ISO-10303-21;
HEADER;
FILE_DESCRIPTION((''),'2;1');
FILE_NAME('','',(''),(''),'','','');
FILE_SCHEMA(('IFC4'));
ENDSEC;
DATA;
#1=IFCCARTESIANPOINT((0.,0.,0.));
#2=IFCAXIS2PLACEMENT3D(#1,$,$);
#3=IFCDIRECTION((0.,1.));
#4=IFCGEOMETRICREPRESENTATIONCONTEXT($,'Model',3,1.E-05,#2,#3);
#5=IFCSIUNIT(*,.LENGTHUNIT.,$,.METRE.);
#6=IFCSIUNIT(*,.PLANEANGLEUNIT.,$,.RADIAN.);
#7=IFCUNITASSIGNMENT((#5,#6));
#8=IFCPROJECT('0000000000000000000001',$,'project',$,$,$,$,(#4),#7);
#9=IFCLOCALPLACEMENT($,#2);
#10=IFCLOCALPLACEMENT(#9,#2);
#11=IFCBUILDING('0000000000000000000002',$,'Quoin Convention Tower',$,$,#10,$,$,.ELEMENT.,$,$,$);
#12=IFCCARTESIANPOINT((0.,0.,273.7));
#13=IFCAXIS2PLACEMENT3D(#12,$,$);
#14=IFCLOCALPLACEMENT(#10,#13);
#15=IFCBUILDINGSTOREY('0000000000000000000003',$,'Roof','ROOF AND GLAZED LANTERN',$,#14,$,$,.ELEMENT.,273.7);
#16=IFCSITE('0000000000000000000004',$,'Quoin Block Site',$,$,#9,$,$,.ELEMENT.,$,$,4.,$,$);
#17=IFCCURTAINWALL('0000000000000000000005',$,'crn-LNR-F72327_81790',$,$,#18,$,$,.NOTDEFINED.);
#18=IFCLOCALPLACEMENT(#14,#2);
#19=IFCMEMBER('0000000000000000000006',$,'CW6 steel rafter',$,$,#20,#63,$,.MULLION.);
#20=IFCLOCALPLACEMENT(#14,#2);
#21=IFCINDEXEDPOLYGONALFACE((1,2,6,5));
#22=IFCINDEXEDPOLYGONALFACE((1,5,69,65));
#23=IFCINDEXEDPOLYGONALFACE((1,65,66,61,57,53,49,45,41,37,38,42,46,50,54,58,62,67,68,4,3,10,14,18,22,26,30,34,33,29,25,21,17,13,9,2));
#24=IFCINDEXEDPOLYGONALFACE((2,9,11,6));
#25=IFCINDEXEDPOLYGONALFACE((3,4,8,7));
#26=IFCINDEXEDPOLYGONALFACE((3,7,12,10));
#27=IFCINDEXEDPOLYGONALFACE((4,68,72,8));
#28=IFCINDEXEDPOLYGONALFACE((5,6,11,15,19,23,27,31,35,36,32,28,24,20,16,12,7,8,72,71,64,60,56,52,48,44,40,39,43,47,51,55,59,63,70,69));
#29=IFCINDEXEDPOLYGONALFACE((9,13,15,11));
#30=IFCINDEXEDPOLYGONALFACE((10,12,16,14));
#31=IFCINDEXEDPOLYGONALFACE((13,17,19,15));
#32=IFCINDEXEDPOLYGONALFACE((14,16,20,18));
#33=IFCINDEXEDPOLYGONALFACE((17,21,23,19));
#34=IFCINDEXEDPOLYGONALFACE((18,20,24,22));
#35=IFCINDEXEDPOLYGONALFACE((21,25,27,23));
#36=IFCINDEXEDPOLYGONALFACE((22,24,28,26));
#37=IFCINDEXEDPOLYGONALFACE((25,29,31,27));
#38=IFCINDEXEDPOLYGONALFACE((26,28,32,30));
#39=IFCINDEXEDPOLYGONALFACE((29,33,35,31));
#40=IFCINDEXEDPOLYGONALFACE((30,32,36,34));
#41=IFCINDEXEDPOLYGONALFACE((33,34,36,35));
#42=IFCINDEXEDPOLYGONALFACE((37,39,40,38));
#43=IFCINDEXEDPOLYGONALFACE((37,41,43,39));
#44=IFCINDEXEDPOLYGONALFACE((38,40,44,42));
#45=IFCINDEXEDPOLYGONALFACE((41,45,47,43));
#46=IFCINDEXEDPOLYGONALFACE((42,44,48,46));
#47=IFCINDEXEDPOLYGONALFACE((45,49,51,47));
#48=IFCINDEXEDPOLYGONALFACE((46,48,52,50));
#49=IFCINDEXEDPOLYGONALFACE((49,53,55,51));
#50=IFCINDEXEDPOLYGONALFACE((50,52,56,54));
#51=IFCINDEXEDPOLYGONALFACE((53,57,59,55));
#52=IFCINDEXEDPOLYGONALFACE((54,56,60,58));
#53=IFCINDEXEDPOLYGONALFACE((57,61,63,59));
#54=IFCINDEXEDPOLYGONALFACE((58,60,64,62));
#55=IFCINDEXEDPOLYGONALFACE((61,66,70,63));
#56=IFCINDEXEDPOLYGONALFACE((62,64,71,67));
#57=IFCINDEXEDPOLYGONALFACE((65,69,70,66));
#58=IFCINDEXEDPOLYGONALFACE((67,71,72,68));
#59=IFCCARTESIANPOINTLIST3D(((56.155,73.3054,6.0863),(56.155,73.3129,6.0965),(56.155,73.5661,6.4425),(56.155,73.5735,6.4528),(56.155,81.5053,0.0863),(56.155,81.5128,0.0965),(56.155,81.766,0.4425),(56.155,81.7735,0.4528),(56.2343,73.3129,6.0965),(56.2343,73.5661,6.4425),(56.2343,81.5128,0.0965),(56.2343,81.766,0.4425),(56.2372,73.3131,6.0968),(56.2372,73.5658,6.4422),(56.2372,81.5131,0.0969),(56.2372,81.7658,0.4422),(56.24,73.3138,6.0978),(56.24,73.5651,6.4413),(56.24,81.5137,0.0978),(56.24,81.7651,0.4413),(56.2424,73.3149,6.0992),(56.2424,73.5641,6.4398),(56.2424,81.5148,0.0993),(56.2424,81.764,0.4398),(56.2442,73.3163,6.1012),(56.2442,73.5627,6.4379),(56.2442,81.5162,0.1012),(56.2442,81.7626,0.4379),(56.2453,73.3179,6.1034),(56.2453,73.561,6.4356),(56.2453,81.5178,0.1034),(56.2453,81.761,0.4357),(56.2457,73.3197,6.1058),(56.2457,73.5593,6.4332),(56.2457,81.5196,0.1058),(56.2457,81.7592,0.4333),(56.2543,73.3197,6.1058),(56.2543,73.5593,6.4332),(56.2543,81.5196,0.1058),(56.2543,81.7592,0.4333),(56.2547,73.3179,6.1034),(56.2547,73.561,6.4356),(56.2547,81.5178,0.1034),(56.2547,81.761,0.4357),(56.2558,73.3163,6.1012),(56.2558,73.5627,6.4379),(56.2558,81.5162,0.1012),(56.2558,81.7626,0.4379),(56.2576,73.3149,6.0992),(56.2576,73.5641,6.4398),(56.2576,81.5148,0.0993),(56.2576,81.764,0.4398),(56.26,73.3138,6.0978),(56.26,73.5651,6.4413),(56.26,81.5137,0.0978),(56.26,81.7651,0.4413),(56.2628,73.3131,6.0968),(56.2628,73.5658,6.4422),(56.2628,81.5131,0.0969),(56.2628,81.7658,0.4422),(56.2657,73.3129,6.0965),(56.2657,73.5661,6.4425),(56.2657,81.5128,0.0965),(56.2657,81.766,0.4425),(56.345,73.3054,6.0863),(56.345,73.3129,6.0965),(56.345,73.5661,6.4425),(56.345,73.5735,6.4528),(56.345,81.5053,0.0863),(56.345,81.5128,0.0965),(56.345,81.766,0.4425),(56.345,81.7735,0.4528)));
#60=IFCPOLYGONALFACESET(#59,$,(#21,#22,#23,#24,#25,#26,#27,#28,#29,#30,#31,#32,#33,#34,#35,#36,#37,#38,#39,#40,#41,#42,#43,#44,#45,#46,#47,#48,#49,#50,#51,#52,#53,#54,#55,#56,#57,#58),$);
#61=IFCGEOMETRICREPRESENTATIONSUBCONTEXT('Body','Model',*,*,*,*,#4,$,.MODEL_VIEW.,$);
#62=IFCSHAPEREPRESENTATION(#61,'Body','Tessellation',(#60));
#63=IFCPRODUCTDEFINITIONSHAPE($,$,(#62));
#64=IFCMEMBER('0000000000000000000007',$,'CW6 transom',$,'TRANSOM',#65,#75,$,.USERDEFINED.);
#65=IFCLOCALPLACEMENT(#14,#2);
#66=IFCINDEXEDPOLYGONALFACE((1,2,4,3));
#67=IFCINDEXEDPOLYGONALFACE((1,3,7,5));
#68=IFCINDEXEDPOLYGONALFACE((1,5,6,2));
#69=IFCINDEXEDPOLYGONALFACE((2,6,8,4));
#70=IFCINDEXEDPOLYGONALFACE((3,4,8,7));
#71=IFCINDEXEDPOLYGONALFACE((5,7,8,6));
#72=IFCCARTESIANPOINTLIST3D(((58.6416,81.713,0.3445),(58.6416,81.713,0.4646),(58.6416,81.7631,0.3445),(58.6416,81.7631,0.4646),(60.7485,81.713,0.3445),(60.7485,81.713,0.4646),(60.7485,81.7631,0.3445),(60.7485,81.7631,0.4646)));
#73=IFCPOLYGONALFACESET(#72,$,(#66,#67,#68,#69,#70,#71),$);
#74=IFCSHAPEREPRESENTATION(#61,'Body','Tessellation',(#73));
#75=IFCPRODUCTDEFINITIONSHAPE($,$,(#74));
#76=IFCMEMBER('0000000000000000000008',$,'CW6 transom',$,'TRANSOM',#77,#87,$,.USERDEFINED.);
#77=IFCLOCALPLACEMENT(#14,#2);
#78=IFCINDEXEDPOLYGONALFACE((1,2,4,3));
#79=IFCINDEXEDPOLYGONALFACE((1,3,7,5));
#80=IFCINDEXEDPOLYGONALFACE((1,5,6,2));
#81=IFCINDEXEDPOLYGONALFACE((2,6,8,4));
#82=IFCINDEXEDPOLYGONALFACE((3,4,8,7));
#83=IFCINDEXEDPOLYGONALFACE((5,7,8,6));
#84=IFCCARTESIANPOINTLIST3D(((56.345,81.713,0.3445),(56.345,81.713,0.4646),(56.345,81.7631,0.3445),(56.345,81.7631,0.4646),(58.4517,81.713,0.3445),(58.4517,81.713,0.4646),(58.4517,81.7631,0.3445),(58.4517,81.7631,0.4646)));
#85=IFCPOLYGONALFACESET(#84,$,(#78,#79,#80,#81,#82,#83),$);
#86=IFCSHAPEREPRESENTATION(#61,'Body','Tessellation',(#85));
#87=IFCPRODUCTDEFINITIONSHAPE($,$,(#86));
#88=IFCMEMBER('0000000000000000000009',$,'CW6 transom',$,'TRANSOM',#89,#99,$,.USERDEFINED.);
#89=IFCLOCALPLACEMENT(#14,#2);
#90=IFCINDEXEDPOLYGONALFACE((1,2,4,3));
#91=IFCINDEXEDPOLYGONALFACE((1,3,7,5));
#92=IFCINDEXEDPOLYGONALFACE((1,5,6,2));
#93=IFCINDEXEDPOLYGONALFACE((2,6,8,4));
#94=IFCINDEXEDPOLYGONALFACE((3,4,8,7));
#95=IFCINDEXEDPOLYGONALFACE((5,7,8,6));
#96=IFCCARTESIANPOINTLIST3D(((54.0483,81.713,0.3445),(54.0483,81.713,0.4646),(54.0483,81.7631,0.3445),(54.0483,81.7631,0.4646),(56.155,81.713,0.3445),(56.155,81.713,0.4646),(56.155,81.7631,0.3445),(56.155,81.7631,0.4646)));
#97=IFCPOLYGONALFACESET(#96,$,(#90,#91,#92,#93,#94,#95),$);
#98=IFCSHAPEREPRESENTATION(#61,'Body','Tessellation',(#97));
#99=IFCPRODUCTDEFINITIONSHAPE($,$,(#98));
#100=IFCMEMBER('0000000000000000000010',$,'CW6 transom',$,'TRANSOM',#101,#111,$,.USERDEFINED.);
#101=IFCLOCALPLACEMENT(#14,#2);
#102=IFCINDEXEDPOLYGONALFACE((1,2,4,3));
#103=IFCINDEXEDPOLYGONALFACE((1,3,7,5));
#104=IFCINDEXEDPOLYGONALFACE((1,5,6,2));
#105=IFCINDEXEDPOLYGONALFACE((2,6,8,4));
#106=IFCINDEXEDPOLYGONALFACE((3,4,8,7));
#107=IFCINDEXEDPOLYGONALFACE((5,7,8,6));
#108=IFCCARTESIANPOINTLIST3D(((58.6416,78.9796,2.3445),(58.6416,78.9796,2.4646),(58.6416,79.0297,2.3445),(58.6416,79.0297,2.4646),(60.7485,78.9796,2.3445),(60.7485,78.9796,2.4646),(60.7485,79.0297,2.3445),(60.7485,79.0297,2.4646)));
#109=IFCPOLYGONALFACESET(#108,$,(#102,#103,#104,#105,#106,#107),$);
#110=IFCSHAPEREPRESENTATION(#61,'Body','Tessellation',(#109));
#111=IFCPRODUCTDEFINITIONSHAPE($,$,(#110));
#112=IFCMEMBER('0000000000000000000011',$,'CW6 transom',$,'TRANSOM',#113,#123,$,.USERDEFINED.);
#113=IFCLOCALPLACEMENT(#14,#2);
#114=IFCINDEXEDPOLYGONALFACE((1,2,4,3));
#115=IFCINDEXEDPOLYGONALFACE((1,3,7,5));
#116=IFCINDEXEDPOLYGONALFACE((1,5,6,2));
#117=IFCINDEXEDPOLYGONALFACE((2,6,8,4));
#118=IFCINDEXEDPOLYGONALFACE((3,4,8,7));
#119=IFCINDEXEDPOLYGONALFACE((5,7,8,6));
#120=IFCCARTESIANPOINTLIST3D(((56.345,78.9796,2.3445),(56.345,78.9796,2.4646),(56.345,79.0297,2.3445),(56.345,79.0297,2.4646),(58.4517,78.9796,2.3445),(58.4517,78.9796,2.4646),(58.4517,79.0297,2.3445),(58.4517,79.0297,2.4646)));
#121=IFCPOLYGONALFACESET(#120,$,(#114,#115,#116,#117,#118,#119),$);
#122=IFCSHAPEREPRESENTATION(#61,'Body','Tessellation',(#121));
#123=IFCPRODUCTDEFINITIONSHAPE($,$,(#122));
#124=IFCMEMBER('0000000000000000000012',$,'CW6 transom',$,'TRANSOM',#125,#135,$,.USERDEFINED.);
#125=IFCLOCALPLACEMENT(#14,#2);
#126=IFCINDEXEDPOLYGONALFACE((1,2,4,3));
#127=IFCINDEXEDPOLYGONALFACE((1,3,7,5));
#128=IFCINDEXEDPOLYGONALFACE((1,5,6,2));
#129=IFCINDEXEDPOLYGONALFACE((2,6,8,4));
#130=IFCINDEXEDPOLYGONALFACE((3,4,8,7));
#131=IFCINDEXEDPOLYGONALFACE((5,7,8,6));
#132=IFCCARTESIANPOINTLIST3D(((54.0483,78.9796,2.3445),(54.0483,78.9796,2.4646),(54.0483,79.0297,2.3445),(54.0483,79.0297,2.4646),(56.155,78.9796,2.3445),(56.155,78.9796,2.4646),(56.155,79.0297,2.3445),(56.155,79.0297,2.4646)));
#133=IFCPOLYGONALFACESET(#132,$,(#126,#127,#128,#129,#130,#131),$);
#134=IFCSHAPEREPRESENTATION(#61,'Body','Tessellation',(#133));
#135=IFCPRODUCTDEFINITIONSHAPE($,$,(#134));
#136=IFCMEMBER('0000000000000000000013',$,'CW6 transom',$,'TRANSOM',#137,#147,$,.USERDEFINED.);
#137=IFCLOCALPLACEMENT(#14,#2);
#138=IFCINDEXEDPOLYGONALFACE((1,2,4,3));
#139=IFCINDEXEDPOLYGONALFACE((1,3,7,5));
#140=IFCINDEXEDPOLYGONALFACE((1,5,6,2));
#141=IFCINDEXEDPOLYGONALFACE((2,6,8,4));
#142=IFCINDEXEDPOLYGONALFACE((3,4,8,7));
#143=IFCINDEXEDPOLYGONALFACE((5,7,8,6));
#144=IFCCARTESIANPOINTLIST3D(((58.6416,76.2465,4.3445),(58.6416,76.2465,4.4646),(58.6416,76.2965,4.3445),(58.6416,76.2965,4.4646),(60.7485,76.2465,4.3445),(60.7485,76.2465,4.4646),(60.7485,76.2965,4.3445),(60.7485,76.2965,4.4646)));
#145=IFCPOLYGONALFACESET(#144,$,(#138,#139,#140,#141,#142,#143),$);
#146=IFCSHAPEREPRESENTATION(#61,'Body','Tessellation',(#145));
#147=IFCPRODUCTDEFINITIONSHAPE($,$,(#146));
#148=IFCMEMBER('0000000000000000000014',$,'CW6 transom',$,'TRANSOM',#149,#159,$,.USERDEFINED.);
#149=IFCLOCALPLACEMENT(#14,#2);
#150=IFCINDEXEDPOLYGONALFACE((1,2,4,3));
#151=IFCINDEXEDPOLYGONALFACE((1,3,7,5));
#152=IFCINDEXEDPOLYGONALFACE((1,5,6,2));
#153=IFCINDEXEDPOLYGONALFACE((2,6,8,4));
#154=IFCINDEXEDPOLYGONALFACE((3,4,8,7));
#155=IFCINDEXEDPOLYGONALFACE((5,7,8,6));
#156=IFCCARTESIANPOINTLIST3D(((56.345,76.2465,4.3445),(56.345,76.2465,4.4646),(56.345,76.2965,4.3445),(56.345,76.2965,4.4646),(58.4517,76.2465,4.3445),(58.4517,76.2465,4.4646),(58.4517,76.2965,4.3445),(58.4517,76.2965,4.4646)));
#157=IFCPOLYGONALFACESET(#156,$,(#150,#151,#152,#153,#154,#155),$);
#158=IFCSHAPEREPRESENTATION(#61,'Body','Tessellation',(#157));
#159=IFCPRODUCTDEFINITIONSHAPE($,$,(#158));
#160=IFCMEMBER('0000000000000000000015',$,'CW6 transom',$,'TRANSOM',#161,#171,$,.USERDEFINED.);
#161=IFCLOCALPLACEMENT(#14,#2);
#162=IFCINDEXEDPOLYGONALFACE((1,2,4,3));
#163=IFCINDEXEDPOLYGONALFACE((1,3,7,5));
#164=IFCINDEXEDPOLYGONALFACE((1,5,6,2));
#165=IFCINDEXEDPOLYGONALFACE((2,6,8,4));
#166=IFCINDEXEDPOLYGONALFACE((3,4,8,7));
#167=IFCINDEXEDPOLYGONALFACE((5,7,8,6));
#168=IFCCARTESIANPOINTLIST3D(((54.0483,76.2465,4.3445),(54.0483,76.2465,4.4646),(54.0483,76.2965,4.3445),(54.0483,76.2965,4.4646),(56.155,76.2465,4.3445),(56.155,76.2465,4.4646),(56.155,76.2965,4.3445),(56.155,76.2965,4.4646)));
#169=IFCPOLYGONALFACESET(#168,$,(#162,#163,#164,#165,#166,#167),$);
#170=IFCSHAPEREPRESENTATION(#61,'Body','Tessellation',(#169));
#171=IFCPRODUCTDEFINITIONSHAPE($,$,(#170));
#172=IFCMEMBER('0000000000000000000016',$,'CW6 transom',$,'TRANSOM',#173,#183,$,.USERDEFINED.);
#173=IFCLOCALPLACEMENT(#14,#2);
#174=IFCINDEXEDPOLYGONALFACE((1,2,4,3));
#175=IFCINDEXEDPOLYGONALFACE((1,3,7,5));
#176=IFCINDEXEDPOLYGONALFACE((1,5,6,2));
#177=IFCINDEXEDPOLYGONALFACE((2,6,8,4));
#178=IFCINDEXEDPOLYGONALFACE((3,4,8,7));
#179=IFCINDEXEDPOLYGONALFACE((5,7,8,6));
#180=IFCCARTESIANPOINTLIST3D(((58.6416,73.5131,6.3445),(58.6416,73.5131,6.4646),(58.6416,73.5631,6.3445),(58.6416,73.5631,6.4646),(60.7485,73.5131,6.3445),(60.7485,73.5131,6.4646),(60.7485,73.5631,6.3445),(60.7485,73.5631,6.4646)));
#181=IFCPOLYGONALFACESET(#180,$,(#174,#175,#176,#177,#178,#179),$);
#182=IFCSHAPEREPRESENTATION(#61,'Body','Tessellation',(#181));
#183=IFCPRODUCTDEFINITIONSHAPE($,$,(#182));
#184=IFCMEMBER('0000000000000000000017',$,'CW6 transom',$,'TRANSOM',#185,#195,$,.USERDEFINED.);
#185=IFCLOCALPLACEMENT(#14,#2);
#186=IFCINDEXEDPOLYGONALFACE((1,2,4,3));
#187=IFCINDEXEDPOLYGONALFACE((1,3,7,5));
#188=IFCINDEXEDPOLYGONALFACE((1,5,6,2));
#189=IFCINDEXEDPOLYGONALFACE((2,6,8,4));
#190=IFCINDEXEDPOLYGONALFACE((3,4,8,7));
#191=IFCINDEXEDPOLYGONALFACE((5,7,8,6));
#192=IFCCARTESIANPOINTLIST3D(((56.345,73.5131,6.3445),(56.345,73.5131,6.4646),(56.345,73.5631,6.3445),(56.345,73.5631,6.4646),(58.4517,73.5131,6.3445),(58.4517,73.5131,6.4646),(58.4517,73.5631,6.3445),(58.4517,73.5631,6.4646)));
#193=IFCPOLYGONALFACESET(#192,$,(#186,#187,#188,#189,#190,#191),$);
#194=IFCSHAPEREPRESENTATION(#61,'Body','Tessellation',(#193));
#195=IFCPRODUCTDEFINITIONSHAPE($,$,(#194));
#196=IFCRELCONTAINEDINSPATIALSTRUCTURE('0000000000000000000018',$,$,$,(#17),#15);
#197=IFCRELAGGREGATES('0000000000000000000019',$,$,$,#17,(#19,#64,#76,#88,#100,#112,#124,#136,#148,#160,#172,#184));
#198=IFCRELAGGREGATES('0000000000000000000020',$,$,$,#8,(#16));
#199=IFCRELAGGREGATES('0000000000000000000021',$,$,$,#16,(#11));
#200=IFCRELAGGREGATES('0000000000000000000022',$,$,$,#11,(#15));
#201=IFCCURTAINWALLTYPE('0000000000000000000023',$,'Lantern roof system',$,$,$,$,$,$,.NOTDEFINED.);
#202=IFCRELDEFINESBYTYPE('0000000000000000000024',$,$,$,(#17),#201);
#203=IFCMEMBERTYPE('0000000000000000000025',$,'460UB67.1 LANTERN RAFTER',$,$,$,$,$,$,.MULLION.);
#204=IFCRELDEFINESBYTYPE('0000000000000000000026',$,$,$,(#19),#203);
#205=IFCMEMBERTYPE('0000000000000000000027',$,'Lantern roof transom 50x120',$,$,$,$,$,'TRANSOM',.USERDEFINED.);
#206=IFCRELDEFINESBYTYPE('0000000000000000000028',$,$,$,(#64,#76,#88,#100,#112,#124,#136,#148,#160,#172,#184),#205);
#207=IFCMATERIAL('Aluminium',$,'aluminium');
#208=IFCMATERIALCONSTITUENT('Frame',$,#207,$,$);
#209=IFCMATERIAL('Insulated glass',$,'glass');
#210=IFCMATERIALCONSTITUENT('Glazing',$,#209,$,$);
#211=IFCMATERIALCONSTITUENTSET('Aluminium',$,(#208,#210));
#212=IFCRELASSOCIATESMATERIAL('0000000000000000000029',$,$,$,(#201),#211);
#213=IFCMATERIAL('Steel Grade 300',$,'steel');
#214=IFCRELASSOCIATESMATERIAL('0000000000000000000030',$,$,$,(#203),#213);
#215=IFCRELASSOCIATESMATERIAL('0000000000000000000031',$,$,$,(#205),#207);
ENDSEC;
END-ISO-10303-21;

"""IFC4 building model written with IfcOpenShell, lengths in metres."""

from ifc_helpers import new_model, si_unit, direction, frame, origin, origin_2d, place, context, subcontext, project, spatial, rectangle, i_section, extrude, material, constituent, constituent_set, material_profile, profile_set, type_object, element, aggregate, save


model = new_model("IFC4")

# Units and contexts
model_context = context("Model", 3, precision=1e-05, world=origin(), true_north=direction((0.0, 1.0)))
body_context = subcontext(model_context, "Body", "Model", "MODEL_VIEW")
ifc_project = project(units=[si_unit("LENGTHUNIT", "METRE"), si_unit("PLANEANGLEUNIT", "RADIAN")], contexts=[model_context])

# Site, building, storey
site_placement = place(None, origin())
site = spatial("IfcSite", under=ifc_project, at=site_placement, Name="Quoin Block Site", CompositionType="ELEMENT", RefElevation=4.0)
building_placement = place(site_placement, origin())
building = spatial("IfcBuilding", under=site, at=building_placement, Name="Quoin Convention Tower", CompositionType="ELEMENT")
storey_placement = place(building_placement, frame((0.0, 0.0, 273.7)))
storey = spatial("IfcBuildingStorey", under=building, at=storey_placement, Name="Roof", Description="ROOF AND GLAZED LANTERN", CompositionType="ELEMENT", Elevation=273.7)

# Shared definitions
ifc_material_1 = material(Name="Steel Grade 300", Category="steel")

# Curtain wall, members
ifc_material_2 = material(Name="Aluminium", Category="aluminium")
ifc_constituent_1 = constituent(ifc_material_2, Name="Frame")
ifc_material_3 = material(Name="Insulated glass", Category="glass")
ifc_constituent_2 = constituent(ifc_material_3, Name="Glazing")
ifc_constituent_set = constituent_set(constituents=[ifc_constituent_1, ifc_constituent_2], Name="Aluminium")
curtain_wall_type = type_object("IfcCurtainWallType", Name="Lantern roof system", PredefinedType="NOTDEFINED", material=ifc_constituent_set)
curtain_wall_placement = place(storey_placement, origin())
curtain_wall = element("IfcCurtainWall", 1, at=curtain_wall_placement, inside=storey, type_object=curtain_wall_type, Name="crn-LNR-F72327_81790", PredefinedType="NOTDEFINED")
ifc_material_profile_1 = material_profile(ifc_material_1, i_section(OverallWidth=0.1899, OverallDepth=0.4541, WebThickness=0.0085, FlangeThickness=0.0127, FilletRadius=0.0115, at=origin_2d()), Name="460UB67.1")
ifc_profile_set_1 = profile_set([ifc_material_profile_1], Name="Steel Grade 300")
member_type_1 = type_object("IfcMemberType", Name="460UB67.1 LANTERN RAFTER", PredefinedType="MULLION", material=ifc_profile_set_1)
member_1_placement = place(storey_placement, frame((56.25, 81.6394, 0.2695), z_axis=(0.0, -0.807029, 0.590512), x_axis=(1.0, 0.0, 0.0)))
member_1 = element("IfcMember", 2, at=member_1_placement, type_object=member_type_1, Name="CW6 steel rafter", PredefinedType="MULLION", context=body_context, shape_type="SweptSolid", body=[
    extrude(i_section(OverallWidth=0.1899, OverallDepth=0.4541, WebThickness=0.0085, FlangeThickness=0.0127, FilletRadius=0.0115, at=origin_2d()), origin(), (0.0, 0.0, 1.0), 10.1606),
])
ifc_material_profile_2 = material_profile(ifc_material_2, rectangle(XDim=0.1201, YDim=0.05, at=origin_2d()), Name="Lantern roof transom 50x120")
ifc_profile_set_2 = profile_set([ifc_material_profile_2], Name="Aluminium")
member_type_2 = type_object("IfcMemberType", Name="Lantern roof transom 50x120", ElementType="TRANSOM", PredefinedType="USERDEFINED", material=ifc_profile_set_2)
member_2_placement = place(storey_placement, frame((60.7485, 81.738, 0.4045), z_axis=(-1.0, 0.0, 0.0), x_axis=(0.0, 0.0, 1.0)))
member_2 = element("IfcMember", 3, at=member_2_placement, type_object=member_type_2, Name="CW6 transom", ObjectType="TRANSOM", PredefinedType="USERDEFINED", context=body_context, shape_type="SweptSolid", body=[
    extrude(rectangle(XDim=0.1201, YDim=0.05, at=origin_2d()), origin(), (0.0, 0.0, 1.0), 2.1069),
])
member_3_placement = place(storey_placement, frame((58.4517, 81.738, 0.4045), z_axis=(-1.0, 0.0, 0.0), x_axis=(0.0, 0.0, 1.0)))
member_3 = element("IfcMember", 4, at=member_3_placement, type_object=member_type_2, Name="CW6 transom", ObjectType="TRANSOM", PredefinedType="USERDEFINED", context=body_context, shape_type="SweptSolid", body=[
    extrude(rectangle(XDim=0.1201, YDim=0.05, at=origin_2d()), origin(), (0.0, 0.0, 1.0), 2.1067),
])
member_4_placement = place(storey_placement, frame((56.155, 81.738, 0.4045), z_axis=(-1.0, 0.0, 0.0), x_axis=(0.0, 0.0, 1.0)))
member_4 = element("IfcMember", 5, at=member_4_placement, type_object=member_type_2, Name="CW6 transom", ObjectType="TRANSOM", PredefinedType="USERDEFINED", context=body_context, shape_type="SweptSolid", body=[
    extrude(rectangle(XDim=0.1201, YDim=0.05, at=origin_2d()), origin(), (0.0, 0.0, 1.0), 2.1067),
])
member_5_placement = place(storey_placement, frame((60.7485, 79.0046, 2.4045), z_axis=(-1.0, 0.0, 0.0), x_axis=(0.0, 0.0, 1.0)))
member_5 = element("IfcMember", 6, at=member_5_placement, type_object=member_type_2, Name="CW6 transom", ObjectType="TRANSOM", PredefinedType="USERDEFINED", context=body_context, shape_type="SweptSolid", body=[
    extrude(rectangle(XDim=0.1201, YDim=0.05, at=origin_2d()), origin(), (0.0, 0.0, 1.0), 2.1069),
])
member_6_placement = place(storey_placement, frame((58.4517, 79.0046, 2.4045), z_axis=(-1.0, 0.0, 0.0), x_axis=(0.0, 0.0, 1.0)))
member_6 = element("IfcMember", 7, at=member_6_placement, type_object=member_type_2, Name="CW6 transom", ObjectType="TRANSOM", PredefinedType="USERDEFINED", context=body_context, shape_type="SweptSolid", body=[
    extrude(rectangle(XDim=0.1201, YDim=0.05, at=origin_2d()), origin(), (0.0, 0.0, 1.0), 2.1067),
])
member_7_placement = place(storey_placement, frame((56.155, 79.0046, 2.4045), z_axis=(-1.0, 0.0, 0.0), x_axis=(0.0, 0.0, 1.0)))
member_7 = element("IfcMember", 8, at=member_7_placement, type_object=member_type_2, Name="CW6 transom", ObjectType="TRANSOM", PredefinedType="USERDEFINED", context=body_context, shape_type="SweptSolid", body=[
    extrude(rectangle(XDim=0.1201, YDim=0.05, at=origin_2d()), origin(), (0.0, 0.0, 1.0), 2.1067),
])
member_8_placement = place(storey_placement, frame((60.7485, 76.2715, 4.4045), z_axis=(-1.0, 0.0, 0.0), x_axis=(0.0, 0.0, 1.0)))
member_8 = element("IfcMember", 9, at=member_8_placement, type_object=member_type_2, Name="CW6 transom", ObjectType="TRANSOM", PredefinedType="USERDEFINED", context=body_context, shape_type="SweptSolid", body=[
    extrude(rectangle(XDim=0.1201, YDim=0.05, at=origin_2d()), origin(), (0.0, 0.0, 1.0), 2.1069),
])
member_9_placement = place(storey_placement, frame((58.4517, 76.2715, 4.4045), z_axis=(-1.0, 0.0, 0.0), x_axis=(0.0, 0.0, 1.0)))
member_9 = element("IfcMember", 10, at=member_9_placement, type_object=member_type_2, Name="CW6 transom", ObjectType="TRANSOM", PredefinedType="USERDEFINED", context=body_context, shape_type="SweptSolid", body=[
    extrude(rectangle(XDim=0.1201, YDim=0.05, at=origin_2d()), origin(), (0.0, 0.0, 1.0), 2.1067),
])
member_10_placement = place(storey_placement, frame((56.155, 76.2715, 4.4045), z_axis=(-1.0, 0.0, 0.0), x_axis=(0.0, 0.0, 1.0)))
member_10 = element("IfcMember", 11, at=member_10_placement, type_object=member_type_2, Name="CW6 transom", ObjectType="TRANSOM", PredefinedType="USERDEFINED", context=body_context, shape_type="SweptSolid", body=[
    extrude(rectangle(XDim=0.1201, YDim=0.05, at=origin_2d()), origin(), (0.0, 0.0, 1.0), 2.1067),
])
member_11_placement = place(storey_placement, frame((60.7485, 73.5381, 6.4045), z_axis=(-1.0, 0.0, 0.0), x_axis=(0.0, 0.0, 1.0)))
member_11 = element("IfcMember", 12, at=member_11_placement, type_object=member_type_2, Name="CW6 transom", ObjectType="TRANSOM", PredefinedType="USERDEFINED", context=body_context, shape_type="SweptSolid", body=[
    extrude(rectangle(XDim=0.1201, YDim=0.05, at=origin_2d()), origin(), (0.0, 0.0, 1.0), 2.1069),
])
member_12_placement = place(storey_placement, frame((58.4517, 73.5381, 6.4045), z_axis=(-1.0, 0.0, 0.0), x_axis=(0.0, 0.0, 1.0)))
member_12 = element("IfcMember", 13, at=member_12_placement, type_object=member_type_2, Name="CW6 transom", ObjectType="TRANSOM", PredefinedType="USERDEFINED", context=body_context, shape_type="SweptSolid", body=[
    extrude(rectangle(XDim=0.1201, YDim=0.05, at=origin_2d()), origin(), (0.0, 0.0, 1.0), 2.1067),
])
aggregate(curtain_wall, [member_1, member_2, member_3, member_4, member_5, member_6, member_7, member_8, member_9, member_10, member_11, member_12])

save(model, "model.ifc")
